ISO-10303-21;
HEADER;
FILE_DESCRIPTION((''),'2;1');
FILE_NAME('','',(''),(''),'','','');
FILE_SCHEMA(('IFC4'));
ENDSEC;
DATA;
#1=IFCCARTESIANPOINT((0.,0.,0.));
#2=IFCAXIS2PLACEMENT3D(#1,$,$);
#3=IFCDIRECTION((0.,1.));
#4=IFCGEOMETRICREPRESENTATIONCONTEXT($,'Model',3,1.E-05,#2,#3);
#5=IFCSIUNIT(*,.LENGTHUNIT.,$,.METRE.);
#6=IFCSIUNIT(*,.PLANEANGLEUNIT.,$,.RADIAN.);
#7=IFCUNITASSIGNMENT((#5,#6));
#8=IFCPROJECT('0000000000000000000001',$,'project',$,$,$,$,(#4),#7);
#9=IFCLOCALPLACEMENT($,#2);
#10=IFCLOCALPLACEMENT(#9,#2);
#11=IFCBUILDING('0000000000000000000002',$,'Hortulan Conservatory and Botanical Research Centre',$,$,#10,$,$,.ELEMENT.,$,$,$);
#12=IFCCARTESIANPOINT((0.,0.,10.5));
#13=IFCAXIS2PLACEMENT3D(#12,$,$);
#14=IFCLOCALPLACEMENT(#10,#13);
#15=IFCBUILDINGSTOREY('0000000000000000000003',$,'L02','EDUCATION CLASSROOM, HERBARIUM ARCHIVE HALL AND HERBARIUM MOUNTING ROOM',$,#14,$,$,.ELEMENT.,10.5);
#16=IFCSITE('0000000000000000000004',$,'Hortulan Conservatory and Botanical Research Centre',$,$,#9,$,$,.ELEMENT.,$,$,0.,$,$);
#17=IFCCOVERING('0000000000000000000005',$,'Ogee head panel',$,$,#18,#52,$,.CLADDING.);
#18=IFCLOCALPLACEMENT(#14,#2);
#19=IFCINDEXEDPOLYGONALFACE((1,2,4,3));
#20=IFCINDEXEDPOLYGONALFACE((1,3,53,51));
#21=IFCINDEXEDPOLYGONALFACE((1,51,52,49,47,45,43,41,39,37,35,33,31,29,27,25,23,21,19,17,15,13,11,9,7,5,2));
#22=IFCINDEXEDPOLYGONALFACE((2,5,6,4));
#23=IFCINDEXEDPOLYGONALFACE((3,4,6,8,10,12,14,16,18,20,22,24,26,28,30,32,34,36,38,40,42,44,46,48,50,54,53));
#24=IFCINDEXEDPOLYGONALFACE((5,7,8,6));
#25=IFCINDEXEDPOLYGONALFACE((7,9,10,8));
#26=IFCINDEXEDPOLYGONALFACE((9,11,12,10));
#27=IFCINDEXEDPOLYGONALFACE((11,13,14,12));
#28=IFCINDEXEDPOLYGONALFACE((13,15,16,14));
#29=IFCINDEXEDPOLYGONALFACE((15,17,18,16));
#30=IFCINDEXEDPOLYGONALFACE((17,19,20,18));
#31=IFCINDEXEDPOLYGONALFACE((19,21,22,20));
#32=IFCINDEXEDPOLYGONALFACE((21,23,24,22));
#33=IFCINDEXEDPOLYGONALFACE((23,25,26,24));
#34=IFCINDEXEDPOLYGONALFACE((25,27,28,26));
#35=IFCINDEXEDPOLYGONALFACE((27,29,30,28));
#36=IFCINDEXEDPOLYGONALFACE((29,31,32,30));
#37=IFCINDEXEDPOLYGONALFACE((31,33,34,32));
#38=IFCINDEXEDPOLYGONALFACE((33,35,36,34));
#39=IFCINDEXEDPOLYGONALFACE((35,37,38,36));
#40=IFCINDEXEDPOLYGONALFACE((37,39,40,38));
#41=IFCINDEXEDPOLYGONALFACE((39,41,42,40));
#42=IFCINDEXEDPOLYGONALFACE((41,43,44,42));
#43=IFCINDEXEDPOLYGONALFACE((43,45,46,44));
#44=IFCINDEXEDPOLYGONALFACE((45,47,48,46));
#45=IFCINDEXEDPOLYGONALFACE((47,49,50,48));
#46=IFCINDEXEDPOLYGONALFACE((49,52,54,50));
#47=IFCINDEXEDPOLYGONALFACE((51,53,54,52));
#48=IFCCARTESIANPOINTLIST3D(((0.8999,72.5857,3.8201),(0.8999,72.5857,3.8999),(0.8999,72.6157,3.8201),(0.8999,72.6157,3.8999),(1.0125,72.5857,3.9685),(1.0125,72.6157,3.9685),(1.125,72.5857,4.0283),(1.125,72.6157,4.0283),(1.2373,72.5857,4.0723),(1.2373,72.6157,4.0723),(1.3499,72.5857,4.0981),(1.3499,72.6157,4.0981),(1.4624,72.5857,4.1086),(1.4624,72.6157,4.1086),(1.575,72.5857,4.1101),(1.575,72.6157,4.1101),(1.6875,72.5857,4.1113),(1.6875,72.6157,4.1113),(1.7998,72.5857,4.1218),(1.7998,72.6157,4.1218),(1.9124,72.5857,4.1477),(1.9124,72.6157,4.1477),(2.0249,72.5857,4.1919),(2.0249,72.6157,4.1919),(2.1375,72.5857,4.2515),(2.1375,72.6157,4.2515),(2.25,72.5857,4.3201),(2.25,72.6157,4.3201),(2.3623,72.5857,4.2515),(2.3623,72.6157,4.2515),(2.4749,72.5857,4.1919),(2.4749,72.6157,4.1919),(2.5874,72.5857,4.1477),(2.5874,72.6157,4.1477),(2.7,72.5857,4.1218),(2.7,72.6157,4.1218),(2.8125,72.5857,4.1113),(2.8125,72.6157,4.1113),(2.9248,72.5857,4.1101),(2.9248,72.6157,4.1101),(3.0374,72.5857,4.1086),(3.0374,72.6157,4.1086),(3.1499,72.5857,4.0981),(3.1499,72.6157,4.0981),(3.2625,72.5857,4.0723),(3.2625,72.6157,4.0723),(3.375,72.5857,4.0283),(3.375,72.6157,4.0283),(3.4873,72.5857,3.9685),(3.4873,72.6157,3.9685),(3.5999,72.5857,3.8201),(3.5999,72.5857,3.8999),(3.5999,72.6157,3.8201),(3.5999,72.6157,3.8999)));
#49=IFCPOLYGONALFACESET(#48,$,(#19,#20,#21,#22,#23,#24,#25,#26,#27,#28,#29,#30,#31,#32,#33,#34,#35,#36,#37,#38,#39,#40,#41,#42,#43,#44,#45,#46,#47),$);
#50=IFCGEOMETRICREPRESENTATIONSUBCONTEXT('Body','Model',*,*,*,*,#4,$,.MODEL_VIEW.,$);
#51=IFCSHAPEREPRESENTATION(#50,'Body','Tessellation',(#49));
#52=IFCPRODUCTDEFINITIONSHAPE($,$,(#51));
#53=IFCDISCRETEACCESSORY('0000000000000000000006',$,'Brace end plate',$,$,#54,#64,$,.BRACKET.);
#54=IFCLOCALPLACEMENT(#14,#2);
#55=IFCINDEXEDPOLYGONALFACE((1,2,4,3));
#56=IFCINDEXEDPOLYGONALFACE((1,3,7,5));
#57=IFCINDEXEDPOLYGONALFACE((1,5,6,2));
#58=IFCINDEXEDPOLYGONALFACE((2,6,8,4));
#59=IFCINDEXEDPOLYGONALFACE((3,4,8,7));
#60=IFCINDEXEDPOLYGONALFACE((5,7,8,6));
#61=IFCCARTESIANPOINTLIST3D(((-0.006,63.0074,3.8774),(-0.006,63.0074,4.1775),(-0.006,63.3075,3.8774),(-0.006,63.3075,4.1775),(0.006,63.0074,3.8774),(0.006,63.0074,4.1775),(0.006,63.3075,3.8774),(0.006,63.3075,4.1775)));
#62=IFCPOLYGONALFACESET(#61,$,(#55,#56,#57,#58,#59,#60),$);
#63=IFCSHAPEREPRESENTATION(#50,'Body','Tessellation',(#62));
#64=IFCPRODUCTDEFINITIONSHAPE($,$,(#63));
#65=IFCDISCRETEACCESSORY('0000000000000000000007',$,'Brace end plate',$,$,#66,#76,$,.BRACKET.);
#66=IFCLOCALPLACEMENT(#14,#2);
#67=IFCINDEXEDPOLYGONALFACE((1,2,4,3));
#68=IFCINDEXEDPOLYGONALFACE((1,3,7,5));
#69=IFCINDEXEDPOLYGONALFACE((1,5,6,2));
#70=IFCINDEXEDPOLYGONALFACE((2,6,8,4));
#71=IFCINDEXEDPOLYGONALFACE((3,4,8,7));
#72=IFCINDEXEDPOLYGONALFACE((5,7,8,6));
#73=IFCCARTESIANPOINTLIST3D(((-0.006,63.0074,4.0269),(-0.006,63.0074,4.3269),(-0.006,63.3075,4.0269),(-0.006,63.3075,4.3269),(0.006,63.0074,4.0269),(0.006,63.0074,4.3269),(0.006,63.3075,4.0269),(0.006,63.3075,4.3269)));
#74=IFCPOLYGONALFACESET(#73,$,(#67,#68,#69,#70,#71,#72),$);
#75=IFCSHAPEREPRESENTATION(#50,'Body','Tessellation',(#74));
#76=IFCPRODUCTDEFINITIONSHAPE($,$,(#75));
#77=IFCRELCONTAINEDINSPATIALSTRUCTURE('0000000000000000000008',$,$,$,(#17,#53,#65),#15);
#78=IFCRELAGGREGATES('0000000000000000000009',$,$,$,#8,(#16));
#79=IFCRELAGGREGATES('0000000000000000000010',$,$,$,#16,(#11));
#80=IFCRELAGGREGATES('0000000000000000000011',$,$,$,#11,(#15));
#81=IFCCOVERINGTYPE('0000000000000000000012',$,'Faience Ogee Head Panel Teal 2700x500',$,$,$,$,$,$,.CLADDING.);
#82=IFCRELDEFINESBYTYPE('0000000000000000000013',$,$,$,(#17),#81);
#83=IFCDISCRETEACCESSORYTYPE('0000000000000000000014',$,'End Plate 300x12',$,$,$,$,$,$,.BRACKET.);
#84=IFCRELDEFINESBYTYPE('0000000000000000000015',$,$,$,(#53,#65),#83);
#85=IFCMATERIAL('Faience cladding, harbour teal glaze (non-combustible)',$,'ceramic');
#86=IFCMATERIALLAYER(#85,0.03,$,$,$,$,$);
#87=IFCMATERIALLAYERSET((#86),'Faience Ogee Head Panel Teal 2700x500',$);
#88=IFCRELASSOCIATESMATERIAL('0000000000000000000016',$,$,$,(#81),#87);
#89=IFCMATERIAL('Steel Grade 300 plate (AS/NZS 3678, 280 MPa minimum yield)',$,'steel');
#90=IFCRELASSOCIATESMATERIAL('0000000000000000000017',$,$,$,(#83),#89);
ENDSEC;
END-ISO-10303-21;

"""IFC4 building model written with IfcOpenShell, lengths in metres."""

from ifc_helpers import new_model, si_unit, direction, frame, origin, origin_2d, place, context, subcontext, project, spatial, polyline, rectangle, outline, extrude, material, layer, layer_set, type_object, element, save


model = new_model("IFC4")

# Units and contexts
model_context = context("Model", 3, precision=1e-05, world=origin(), true_north=direction((0.0, 1.0)))
body_context = subcontext(model_context, "Body", "Model", "MODEL_VIEW")
ifc_project = project(units=[si_unit("LENGTHUNIT", "METRE"), si_unit("PLANEANGLEUNIT", "RADIAN")], contexts=[model_context])

# Site, building, storey
site_placement = place(None, origin())
site = spatial("IfcSite", under=ifc_project, at=site_placement, Name="Hortulan Conservatory and Botanical Research Centre", CompositionType="ELEMENT", RefElevation=0.0)
building_placement = place(site_placement, origin())
building = spatial("IfcBuilding", under=site, at=building_placement, Name="Hortulan Conservatory and Botanical Research Centre", CompositionType="ELEMENT")
storey_placement = place(building_placement, frame((0.0, 0.0, 10.5)))
storey = spatial("IfcBuildingStorey", under=building, at=storey_placement, Name="L02", Description="EDUCATION CLASSROOM, HERBARIUM ARCHIVE HALL AND HERBARIUM MOUNTING ROOM", CompositionType="ELEMENT", Elevation=10.5)

# Covering
ifc_material_1 = material(Name="Faience cladding, harbour teal glaze (non-combustible)", Category="ceramic")
ifc_layer_1 = layer(ifc_material_1, 0.03)
ifc_layer_set_1 = layer_set([ifc_layer_1], Name="Faience Ogee Head Panel Teal 2700x500")
covering_type = type_object("IfcCoveringType", Name="Faience Ogee Head Panel Teal 2700x500", PredefinedType="CLADDING", material=ifc_layer_set_1)
covering_placement = place(storey_placement, frame((0.8999, 72.6006, 3.8201), z_axis=(0.0, 0.0, 1.0), x_axis=(1.0, 0.0, 0.0)))
element("IfcCovering", 1, at=covering_placement, inside=storey, type_object=covering_type, Name="Ogee head panel", PredefinedType="CLADDING", context=body_context, shape_type="SweptSolid", body=[
    extrude(outline(polyline([(0.0, 0.0), (2.7, 0.0), (2.7, 0.0798), (2.5874, 0.1484), (2.4751, 0.2083), (2.3625, 0.2522), (2.25, 0.2781), (2.1375, 0.2886), (2.0249, 0.29), (1.9126, 0.2913), (1.8, 0.3018), (1.6875, 0.3276), (1.575, 0.3718), (1.4624, 0.4314), (1.3501, 0.5), (1.2375, 0.4314), (1.125, 0.3718), (1.0125, 0.3276), (0.8999, 0.3018), (0.7876, 0.2913), (0.675, 0.29), (0.5625, 0.2886), (0.45, 0.2781), (0.3374, 0.2522), (0.2251, 0.2083), (0.1125, 0.1484), (0.0, 0.0798), (0.0, 0.0)])), frame((0.0, 0.0151, 0.0), z_axis=(0.0, -1.0, 0.0), x_axis=(1.0, 0.0, 0.0)), (0.0, 0.0, 1.0), 0.03),
])

# Discrete accessories
ifc_material_2 = material(Name="Steel Grade 300 plate (AS/NZS 3678, 280 MPa minimum yield)", Category="steel")
discrete_accessory_type = type_object("IfcDiscreteAccessoryType", Name="End Plate 300x12", PredefinedType="BRACKET", material=ifc_material_2)
for number, where, z_axis, x_axis, name in (
    (2, (0.0, 63.1575, 3.8774), (0.0, 0.0, 1.0), (0.0, -1.0, 0.0), "Brace end plate"),
    (3, (0.0, 63.1575, 4.0269), (0.0, 0.0, 1.0), (0.0, -1.0, 0.0), "Brace end plate"),
):
    element("IfcDiscreteAccessory", number, at=place(storey_placement, frame(where, z_axis=z_axis, x_axis=x_axis)), inside=storey, type_object=discrete_accessory_type, Name=name, PredefinedType="BRACKET", context=body_context, shape_type="SweptSolid", body=[
        extrude(rectangle(XDim=0.3, YDim=0.012, at=origin_2d()), origin(), (0.0, 0.0, 1.0), 0.3),
    ])

save(model, "model.ifc")
